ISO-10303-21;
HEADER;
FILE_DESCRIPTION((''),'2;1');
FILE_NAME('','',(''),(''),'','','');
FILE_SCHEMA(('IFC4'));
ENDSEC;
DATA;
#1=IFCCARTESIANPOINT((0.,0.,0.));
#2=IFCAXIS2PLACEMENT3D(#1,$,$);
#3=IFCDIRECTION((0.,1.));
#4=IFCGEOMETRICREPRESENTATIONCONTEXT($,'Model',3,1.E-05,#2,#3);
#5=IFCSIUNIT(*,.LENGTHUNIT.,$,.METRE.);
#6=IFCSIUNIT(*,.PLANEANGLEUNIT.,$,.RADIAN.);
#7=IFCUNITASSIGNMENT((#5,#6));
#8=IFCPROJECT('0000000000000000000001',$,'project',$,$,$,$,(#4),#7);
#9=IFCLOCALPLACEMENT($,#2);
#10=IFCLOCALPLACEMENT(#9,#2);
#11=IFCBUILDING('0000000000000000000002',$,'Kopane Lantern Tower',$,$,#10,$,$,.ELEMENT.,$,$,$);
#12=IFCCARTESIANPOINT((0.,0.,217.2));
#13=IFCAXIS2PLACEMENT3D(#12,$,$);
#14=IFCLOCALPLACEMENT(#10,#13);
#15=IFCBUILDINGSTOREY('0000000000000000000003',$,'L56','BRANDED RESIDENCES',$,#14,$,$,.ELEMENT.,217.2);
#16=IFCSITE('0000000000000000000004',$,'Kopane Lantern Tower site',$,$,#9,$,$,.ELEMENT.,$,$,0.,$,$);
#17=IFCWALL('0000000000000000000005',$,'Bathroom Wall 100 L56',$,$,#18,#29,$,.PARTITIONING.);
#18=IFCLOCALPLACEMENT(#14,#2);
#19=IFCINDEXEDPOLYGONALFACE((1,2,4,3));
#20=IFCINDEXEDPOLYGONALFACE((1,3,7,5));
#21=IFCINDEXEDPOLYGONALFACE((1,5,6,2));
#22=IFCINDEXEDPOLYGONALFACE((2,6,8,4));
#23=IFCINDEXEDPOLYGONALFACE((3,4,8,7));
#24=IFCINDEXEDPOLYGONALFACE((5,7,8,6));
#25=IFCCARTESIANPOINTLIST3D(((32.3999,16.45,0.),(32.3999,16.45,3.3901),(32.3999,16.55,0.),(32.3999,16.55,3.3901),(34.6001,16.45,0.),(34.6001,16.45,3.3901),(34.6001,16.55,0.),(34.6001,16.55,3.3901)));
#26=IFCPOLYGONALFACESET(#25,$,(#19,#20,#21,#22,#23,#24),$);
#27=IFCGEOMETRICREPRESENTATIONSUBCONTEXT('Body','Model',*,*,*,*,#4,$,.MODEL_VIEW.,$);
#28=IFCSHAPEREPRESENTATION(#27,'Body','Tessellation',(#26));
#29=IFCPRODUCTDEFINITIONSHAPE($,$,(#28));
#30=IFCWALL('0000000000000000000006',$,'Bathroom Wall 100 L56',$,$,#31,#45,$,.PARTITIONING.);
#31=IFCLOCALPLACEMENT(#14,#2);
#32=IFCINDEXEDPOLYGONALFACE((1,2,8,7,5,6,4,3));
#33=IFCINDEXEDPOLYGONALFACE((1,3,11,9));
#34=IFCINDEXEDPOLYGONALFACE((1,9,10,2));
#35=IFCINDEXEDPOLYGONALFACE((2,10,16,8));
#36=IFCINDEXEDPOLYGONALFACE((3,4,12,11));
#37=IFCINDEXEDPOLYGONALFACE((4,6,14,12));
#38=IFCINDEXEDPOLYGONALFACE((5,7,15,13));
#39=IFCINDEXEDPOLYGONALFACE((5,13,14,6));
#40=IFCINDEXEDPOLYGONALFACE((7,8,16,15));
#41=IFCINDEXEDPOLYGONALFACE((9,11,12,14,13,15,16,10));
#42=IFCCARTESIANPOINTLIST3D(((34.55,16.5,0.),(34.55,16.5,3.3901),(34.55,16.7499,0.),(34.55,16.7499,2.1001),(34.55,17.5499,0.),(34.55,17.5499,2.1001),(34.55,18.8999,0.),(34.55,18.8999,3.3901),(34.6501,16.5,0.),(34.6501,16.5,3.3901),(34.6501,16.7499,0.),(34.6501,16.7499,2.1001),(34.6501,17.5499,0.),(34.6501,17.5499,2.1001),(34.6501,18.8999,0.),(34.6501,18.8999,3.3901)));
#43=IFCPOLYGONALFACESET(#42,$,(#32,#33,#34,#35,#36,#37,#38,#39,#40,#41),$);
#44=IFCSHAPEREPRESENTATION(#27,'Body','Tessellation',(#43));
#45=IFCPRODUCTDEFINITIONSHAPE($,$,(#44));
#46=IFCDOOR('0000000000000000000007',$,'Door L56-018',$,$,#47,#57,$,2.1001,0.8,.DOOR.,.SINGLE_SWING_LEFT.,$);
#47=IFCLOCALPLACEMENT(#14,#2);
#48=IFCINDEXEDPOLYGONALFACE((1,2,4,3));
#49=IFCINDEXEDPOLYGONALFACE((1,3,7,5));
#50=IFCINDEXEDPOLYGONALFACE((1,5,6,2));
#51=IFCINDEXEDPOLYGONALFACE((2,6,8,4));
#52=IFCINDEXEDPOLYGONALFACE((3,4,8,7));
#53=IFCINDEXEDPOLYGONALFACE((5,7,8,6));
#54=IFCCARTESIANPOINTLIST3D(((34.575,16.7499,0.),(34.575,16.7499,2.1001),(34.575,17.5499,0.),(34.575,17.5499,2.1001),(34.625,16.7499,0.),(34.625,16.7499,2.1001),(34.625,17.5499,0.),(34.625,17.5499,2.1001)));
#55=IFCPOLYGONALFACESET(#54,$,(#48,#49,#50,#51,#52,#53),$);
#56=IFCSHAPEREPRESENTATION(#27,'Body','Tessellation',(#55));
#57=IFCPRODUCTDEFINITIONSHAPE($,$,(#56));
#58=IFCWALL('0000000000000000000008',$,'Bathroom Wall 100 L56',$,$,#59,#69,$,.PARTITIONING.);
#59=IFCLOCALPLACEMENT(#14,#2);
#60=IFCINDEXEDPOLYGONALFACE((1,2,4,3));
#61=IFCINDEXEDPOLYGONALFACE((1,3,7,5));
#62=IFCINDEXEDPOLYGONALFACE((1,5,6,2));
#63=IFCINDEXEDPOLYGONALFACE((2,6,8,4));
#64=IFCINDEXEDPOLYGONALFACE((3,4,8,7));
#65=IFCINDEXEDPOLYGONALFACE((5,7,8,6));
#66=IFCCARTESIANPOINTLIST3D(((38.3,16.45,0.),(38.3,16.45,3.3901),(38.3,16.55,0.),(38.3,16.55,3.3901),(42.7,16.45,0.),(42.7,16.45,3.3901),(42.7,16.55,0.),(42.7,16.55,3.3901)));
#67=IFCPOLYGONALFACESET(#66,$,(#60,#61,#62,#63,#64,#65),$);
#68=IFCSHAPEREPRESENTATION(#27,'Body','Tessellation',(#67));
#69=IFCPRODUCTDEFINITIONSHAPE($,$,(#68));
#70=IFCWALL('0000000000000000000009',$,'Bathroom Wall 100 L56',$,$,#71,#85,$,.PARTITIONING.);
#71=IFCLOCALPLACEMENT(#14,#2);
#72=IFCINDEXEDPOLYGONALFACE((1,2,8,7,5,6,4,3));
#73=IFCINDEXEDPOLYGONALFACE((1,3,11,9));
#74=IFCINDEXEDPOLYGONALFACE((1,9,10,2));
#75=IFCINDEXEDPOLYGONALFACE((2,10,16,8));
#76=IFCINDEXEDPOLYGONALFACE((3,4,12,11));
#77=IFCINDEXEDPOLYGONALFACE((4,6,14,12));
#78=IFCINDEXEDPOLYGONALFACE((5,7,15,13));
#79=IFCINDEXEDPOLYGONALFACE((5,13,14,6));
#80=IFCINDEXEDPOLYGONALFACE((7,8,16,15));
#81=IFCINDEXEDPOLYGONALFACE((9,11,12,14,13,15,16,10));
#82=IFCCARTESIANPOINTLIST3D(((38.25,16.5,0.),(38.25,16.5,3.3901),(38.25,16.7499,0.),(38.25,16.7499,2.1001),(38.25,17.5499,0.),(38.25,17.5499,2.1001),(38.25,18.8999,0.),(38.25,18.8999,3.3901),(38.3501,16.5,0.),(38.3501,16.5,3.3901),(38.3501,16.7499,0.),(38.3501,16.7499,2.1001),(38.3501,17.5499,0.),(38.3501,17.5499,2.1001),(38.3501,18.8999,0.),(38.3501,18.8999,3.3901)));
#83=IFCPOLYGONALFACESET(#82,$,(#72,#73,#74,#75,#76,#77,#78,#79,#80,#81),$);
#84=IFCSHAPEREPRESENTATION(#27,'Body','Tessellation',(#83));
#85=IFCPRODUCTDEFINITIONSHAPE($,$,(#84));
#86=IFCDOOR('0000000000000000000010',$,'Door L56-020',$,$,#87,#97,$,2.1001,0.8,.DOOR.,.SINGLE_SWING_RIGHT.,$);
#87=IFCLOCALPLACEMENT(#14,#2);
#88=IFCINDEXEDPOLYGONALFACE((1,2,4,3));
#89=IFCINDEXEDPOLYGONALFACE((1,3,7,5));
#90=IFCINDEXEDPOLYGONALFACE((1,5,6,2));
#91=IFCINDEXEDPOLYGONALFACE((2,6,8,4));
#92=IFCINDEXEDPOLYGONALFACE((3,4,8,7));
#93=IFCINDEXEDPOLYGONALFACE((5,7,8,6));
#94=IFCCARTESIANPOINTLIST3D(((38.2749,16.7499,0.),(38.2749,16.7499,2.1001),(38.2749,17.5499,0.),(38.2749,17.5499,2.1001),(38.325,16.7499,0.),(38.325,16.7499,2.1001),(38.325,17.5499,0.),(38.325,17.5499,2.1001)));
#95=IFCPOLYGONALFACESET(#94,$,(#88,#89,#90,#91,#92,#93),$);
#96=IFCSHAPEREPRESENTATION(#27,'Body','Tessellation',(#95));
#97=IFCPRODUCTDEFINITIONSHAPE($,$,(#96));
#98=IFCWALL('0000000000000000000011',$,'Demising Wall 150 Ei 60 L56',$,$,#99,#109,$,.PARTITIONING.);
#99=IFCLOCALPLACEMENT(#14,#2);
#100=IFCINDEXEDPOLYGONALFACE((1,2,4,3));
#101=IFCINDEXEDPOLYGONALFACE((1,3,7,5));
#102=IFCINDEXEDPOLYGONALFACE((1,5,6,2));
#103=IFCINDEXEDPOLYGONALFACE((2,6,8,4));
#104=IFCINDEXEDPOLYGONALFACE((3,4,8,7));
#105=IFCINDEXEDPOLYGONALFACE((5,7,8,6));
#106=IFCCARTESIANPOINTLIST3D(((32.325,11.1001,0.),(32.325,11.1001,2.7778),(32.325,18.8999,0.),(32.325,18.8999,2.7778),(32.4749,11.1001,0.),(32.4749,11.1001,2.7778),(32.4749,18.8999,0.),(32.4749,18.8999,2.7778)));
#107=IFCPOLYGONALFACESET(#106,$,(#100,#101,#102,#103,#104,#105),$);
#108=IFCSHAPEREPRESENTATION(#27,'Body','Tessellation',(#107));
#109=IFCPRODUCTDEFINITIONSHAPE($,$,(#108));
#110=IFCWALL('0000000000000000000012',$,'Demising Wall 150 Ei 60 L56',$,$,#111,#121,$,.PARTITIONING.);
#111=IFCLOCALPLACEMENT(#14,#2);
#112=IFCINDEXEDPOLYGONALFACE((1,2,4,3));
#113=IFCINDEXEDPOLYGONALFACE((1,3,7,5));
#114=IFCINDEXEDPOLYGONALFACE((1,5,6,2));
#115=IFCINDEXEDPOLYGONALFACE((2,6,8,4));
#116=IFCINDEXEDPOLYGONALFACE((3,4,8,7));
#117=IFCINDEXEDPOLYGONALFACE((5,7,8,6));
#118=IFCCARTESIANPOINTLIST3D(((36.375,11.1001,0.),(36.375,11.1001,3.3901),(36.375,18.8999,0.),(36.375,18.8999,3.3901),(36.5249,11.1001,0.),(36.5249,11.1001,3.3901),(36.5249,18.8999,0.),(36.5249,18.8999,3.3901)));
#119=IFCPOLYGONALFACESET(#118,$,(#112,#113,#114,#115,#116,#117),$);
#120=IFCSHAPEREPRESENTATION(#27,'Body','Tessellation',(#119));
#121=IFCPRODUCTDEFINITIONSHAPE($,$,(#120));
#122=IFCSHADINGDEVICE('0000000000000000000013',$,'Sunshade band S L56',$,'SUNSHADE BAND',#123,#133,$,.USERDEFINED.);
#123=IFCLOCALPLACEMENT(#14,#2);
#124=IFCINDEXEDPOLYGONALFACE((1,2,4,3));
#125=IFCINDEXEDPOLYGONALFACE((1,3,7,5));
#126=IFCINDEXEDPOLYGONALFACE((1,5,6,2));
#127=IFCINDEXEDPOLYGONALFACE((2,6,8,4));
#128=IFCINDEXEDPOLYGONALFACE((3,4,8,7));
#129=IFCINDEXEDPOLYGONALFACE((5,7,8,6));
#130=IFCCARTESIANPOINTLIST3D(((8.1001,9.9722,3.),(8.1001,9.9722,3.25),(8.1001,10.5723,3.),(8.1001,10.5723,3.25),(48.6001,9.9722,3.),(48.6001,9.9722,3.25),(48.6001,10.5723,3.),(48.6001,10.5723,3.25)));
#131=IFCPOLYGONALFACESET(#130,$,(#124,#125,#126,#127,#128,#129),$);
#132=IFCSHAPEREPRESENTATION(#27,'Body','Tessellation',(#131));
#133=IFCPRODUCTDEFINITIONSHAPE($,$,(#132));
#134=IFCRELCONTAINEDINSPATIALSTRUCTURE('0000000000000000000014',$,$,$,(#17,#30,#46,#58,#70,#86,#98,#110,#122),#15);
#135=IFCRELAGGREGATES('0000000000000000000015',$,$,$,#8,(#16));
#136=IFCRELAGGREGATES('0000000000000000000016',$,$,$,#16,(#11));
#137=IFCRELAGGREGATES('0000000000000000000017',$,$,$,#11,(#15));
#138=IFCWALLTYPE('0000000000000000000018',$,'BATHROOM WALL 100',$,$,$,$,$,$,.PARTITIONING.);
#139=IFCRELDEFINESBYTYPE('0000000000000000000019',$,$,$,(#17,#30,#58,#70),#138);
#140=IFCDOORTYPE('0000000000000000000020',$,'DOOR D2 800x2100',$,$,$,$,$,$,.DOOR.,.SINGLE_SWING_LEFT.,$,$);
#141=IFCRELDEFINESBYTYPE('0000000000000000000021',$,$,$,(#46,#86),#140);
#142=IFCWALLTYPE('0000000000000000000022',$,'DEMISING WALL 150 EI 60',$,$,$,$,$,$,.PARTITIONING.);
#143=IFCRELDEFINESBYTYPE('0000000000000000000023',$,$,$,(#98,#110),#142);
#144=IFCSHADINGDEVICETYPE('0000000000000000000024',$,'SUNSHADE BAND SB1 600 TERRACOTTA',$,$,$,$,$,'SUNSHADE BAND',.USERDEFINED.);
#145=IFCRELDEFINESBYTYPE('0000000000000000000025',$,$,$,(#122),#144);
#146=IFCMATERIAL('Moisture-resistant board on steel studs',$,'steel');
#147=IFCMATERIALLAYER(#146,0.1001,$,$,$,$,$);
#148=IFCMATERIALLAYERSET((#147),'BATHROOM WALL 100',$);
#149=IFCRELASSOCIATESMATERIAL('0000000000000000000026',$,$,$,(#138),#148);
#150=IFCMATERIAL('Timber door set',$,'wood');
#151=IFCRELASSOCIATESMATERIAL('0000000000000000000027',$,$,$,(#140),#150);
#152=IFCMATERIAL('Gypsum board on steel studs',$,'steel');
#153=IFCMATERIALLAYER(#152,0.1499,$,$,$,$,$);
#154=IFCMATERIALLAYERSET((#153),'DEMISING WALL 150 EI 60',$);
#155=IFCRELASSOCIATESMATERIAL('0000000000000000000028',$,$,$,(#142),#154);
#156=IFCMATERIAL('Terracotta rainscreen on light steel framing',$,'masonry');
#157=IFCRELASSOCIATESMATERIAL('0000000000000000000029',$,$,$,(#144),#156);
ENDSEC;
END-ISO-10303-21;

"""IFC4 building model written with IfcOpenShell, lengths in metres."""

from ifc_helpers import new_model, si_unit, direction, frame, frame_2d, origin, origin_2d, place, context, subcontext, project, spatial, rectangle, extrude, material, layer, layer_set, type_object, element, fill, save


model = new_model("IFC4")

# Units and contexts
model_context = context("Model", 3, precision=1e-05, world=origin(), true_north=direction((0.0, 1.0)))
body_context = subcontext(model_context, "Body", "Model", "MODEL_VIEW")
ifc_project = project(units=[si_unit("LENGTHUNIT", "METRE"), si_unit("PLANEANGLEUNIT", "RADIAN")], contexts=[model_context])

# Site, building, storey
site_placement = place(None, origin())
site = spatial("IfcSite", under=ifc_project, at=site_placement, Name="Kopane Lantern Tower site", CompositionType="ELEMENT", RefElevation=0.0)
building_placement = place(site_placement, origin())
building = spatial("IfcBuilding", under=site, at=building_placement, Name="Kopane Lantern Tower", CompositionType="ELEMENT")
storey_placement = place(building_placement, frame((0.0, 0.0, 217.2)))
storey = spatial("IfcBuildingStorey", under=building, at=storey_placement, Name="L56", Description="BRANDED RESIDENCES", CompositionType="ELEMENT", Elevation=217.2)

# Shared definitions
ifc_material_1 = material(Name="Moisture-resistant board on steel studs", Category="steel")
ifc_layer_1 = layer(ifc_material_1, 0.1001)
ifc_layer_set_1 = layer_set([ifc_layer_1], Name="BATHROOM WALL 100")
wall_type_1 = type_object("IfcWallType", Name="BATHROOM WALL 100", PredefinedType="PARTITIONING", material=ifc_layer_set_1)
ifc_material_2 = material(Name="Timber door set", Category="wood")
door_type_1 = type_object("IfcDoorType", Name="DOOR D2 800x2100", OperationType="SINGLE_SWING_LEFT", PredefinedType="DOOR", material=ifc_material_2)

# Wall
wall_1_placement = place(storey_placement, frame((32.3999, 16.5, 0.0), z_axis=(0.0, 0.0, 1.0), x_axis=(1.0, 0.0, 0.0)))
element("IfcWall", 1, at=wall_1_placement, inside=storey, type_object=wall_type_1, Name="Bathroom Wall 100 L56", PredefinedType="PARTITIONING", context=body_context, shape_type="SweptSolid", body=[
    extrude(rectangle(XDim=2.2002, YDim=0.1001, at=frame_2d((1.1001, 0.0))), origin(), (0.0, 0.0, 1.0), 3.3901),
])

# Wall, opening, door
wall_2_placement = place(storey_placement, frame((34.6001, 18.8999, 0.0), z_axis=(0.0, 0.0, 1.0), x_axis=(0.0, -1.0, 0.0)))
wall_2 = element("IfcWall", 2, at=wall_2_placement, inside=storey, type_object=wall_type_1, Name="Bathroom Wall 100 L56", PredefinedType="PARTITIONING", context=body_context, shape_type="SweptSolid", body=[
    extrude(rectangle(XDim=2.3999, YDim=0.1001, at=frame_2d((1.2, 0.0))), origin(), (0.0, 0.0, 1.0), 3.3901),
])
opening_1_placement = place(wall_2_placement, frame((1.3501, 0.0, 0.0)))
opening_1 = element("IfcOpeningElement", 3, at=opening_1_placement, cuts=wall_2, PredefinedType="OPENING", context=body_context, shape_type="SweptSolid", body=[
    extrude(rectangle(XDim=0.8, YDim=2.1001, at=frame_2d((0.3999, 1.05))), frame((0.0, 0.0601, 0.0), z_axis=(0.0, -1.0, 0.0), x_axis=(1.0, 0.0, 0.0)), (0.0, 0.0, 1.0), 0.1201),
])
door_1_placement = place(opening_1_placement, origin())
door_1 = element("IfcDoor", 4, at=door_1_placement, inside=storey, type_object=door_type_1, Name="Door L56-018", OperationType="SINGLE_SWING_LEFT", OverallHeight=2.1001, OverallWidth=0.8, PredefinedType="DOOR", context=body_context, shape_type="SweptSolid", body=[
    extrude(rectangle(XDim=0.8, YDim=2.1001, at=frame_2d((0.3999, 1.05))), frame((0.0, 0.0249, 0.0), z_axis=(0.0, -1.0, 0.0), x_axis=(1.0, 0.0, 0.0)), (0.0, 0.0, 1.0), 0.05),
])
fill(opening_1, door_1)

# Wall
wall_3_placement = place(storey_placement, frame((38.3, 16.5, 0.0), z_axis=(0.0, 0.0, 1.0), x_axis=(1.0, 0.0, 0.0)))
element("IfcWall", 5, at=wall_3_placement, inside=storey, type_object=wall_type_1, Name="Bathroom Wall 100 L56", PredefinedType="PARTITIONING", context=body_context, shape_type="SweptSolid", body=[
    extrude(rectangle(XDim=4.3999, YDim=0.1001, at=frame_2d((2.2, 0.0))), origin(), (0.0, 0.0, 1.0), 3.3901),
])

# Wall, opening, door
wall_4_placement = place(storey_placement, frame((38.3, 18.8999, 0.0), z_axis=(0.0, 0.0, 1.0), x_axis=(0.0, -1.0, 0.0)))
wall_4 = element("IfcWall", 6, at=wall_4_placement, inside=storey, type_object=wall_type_1, Name="Bathroom Wall 100 L56", PredefinedType="PARTITIONING", context=body_context, shape_type="SweptSolid", body=[
    extrude(rectangle(XDim=2.3999, YDim=0.1001, at=frame_2d((1.2, 0.0))), origin(), (0.0, 0.0, 1.0), 3.3901),
])
opening_2_placement = place(wall_4_placement, frame((1.3501, 0.0, 0.0)))
opening_2 = element("IfcOpeningElement", 7, at=opening_2_placement, cuts=wall_4, PredefinedType="OPENING", context=body_context, shape_type="SweptSolid", body=[
    extrude(rectangle(XDim=0.8, YDim=2.1001, at=frame_2d((0.3999, 1.05))), frame((0.0, 0.0601, 0.0), z_axis=(0.0, -1.0, 0.0), x_axis=(1.0, 0.0, 0.0)), (0.0, 0.0, 1.0), 0.1201),
])
door_2_placement = place(opening_2_placement, origin())
door_2 = element("IfcDoor", 8, at=door_2_placement, inside=storey, type_object=door_type_1, Name="Door L56-020", OperationType="SINGLE_SWING_RIGHT", OverallHeight=2.1001, OverallWidth=0.8, PredefinedType="DOOR", context=body_context, shape_type="SweptSolid", body=[
    extrude(rectangle(XDim=0.8, YDim=2.1001, at=frame_2d((0.3999, 1.05))), frame((0.0, 0.0249, 0.0), z_axis=(0.0, -1.0, 0.0), x_axis=(1.0, 0.0, 0.0)), (0.0, 0.0, 1.0), 0.05),
])
fill(opening_2, door_2)

# Walls
ifc_material_3 = material(Name="Gypsum board on steel studs", Category="steel")
ifc_layer_2 = layer(ifc_material_3, 0.1499)
ifc_layer_set_2 = layer_set([ifc_layer_2], Name="DEMISING WALL 150 EI 60")
wall_type_2 = type_object("IfcWallType", Name="DEMISING WALL 150 EI 60", PredefinedType="PARTITIONING", material=ifc_layer_set_2)
wall_5_placement = place(storey_placement, frame((32.3999, 18.8999, 0.0), z_axis=(0.0, 0.0, 1.0), x_axis=(0.0, -1.0, 0.0)))
element("IfcWall", 9, at=wall_5_placement, inside=storey, type_object=wall_type_2, Name="Demising Wall 150 Ei 60 L56", PredefinedType="PARTITIONING", context=body_context, shape_type="SweptSolid", body=[
    extrude(rectangle(XDim=7.7998, YDim=0.1499, at=frame_2d((3.8999, 0.0))), origin(), (0.0, 0.0, 1.0), 2.7778),
])
wall_6_placement = place(storey_placement, frame((36.45, 18.8999, 0.0), z_axis=(0.0, 0.0, 1.0), x_axis=(0.0, -1.0, 0.0)))
element("IfcWall", 10, at=wall_6_placement, inside=storey, type_object=wall_type_2, Name="Demising Wall 150 Ei 60 L56", PredefinedType="PARTITIONING", context=body_context, shape_type="SweptSolid", body=[
    extrude(rectangle(XDim=7.7998, YDim=0.1499, at=frame_2d((3.8999, 0.0))), origin(), (0.0, 0.0, 1.0), 3.3901),
])

# Shading device
ifc_material_4 = material(Name="Terracotta rainscreen on light steel framing", Category="masonry")
shading_device_type = type_object("IfcShadingDeviceType", Name="SUNSHADE BAND SB1 600 TERRACOTTA", ElementType="SUNSHADE BAND", PredefinedType="USERDEFINED", material=ifc_material_4)
shading_device_placement = place(storey_placement, frame((28.3501, 10.2722, 3.0), z_axis=(0.0, 0.0, 1.0), x_axis=(1.0, 0.0, 0.0)))
element("IfcShadingDevice", 11, at=shading_device_placement, inside=storey, type_object=shading_device_type, Name="Sunshade band S L56", ObjectType="SUNSHADE BAND", PredefinedType="USERDEFINED", context=body_context, shape_type="SweptSolid", body=[
    extrude(rectangle(XDim=40.5, YDim=0.6001, at=origin_2d()), origin(), (0.0, 0.0, 1.0), 0.25),
])

save(model, "model.ifc")
